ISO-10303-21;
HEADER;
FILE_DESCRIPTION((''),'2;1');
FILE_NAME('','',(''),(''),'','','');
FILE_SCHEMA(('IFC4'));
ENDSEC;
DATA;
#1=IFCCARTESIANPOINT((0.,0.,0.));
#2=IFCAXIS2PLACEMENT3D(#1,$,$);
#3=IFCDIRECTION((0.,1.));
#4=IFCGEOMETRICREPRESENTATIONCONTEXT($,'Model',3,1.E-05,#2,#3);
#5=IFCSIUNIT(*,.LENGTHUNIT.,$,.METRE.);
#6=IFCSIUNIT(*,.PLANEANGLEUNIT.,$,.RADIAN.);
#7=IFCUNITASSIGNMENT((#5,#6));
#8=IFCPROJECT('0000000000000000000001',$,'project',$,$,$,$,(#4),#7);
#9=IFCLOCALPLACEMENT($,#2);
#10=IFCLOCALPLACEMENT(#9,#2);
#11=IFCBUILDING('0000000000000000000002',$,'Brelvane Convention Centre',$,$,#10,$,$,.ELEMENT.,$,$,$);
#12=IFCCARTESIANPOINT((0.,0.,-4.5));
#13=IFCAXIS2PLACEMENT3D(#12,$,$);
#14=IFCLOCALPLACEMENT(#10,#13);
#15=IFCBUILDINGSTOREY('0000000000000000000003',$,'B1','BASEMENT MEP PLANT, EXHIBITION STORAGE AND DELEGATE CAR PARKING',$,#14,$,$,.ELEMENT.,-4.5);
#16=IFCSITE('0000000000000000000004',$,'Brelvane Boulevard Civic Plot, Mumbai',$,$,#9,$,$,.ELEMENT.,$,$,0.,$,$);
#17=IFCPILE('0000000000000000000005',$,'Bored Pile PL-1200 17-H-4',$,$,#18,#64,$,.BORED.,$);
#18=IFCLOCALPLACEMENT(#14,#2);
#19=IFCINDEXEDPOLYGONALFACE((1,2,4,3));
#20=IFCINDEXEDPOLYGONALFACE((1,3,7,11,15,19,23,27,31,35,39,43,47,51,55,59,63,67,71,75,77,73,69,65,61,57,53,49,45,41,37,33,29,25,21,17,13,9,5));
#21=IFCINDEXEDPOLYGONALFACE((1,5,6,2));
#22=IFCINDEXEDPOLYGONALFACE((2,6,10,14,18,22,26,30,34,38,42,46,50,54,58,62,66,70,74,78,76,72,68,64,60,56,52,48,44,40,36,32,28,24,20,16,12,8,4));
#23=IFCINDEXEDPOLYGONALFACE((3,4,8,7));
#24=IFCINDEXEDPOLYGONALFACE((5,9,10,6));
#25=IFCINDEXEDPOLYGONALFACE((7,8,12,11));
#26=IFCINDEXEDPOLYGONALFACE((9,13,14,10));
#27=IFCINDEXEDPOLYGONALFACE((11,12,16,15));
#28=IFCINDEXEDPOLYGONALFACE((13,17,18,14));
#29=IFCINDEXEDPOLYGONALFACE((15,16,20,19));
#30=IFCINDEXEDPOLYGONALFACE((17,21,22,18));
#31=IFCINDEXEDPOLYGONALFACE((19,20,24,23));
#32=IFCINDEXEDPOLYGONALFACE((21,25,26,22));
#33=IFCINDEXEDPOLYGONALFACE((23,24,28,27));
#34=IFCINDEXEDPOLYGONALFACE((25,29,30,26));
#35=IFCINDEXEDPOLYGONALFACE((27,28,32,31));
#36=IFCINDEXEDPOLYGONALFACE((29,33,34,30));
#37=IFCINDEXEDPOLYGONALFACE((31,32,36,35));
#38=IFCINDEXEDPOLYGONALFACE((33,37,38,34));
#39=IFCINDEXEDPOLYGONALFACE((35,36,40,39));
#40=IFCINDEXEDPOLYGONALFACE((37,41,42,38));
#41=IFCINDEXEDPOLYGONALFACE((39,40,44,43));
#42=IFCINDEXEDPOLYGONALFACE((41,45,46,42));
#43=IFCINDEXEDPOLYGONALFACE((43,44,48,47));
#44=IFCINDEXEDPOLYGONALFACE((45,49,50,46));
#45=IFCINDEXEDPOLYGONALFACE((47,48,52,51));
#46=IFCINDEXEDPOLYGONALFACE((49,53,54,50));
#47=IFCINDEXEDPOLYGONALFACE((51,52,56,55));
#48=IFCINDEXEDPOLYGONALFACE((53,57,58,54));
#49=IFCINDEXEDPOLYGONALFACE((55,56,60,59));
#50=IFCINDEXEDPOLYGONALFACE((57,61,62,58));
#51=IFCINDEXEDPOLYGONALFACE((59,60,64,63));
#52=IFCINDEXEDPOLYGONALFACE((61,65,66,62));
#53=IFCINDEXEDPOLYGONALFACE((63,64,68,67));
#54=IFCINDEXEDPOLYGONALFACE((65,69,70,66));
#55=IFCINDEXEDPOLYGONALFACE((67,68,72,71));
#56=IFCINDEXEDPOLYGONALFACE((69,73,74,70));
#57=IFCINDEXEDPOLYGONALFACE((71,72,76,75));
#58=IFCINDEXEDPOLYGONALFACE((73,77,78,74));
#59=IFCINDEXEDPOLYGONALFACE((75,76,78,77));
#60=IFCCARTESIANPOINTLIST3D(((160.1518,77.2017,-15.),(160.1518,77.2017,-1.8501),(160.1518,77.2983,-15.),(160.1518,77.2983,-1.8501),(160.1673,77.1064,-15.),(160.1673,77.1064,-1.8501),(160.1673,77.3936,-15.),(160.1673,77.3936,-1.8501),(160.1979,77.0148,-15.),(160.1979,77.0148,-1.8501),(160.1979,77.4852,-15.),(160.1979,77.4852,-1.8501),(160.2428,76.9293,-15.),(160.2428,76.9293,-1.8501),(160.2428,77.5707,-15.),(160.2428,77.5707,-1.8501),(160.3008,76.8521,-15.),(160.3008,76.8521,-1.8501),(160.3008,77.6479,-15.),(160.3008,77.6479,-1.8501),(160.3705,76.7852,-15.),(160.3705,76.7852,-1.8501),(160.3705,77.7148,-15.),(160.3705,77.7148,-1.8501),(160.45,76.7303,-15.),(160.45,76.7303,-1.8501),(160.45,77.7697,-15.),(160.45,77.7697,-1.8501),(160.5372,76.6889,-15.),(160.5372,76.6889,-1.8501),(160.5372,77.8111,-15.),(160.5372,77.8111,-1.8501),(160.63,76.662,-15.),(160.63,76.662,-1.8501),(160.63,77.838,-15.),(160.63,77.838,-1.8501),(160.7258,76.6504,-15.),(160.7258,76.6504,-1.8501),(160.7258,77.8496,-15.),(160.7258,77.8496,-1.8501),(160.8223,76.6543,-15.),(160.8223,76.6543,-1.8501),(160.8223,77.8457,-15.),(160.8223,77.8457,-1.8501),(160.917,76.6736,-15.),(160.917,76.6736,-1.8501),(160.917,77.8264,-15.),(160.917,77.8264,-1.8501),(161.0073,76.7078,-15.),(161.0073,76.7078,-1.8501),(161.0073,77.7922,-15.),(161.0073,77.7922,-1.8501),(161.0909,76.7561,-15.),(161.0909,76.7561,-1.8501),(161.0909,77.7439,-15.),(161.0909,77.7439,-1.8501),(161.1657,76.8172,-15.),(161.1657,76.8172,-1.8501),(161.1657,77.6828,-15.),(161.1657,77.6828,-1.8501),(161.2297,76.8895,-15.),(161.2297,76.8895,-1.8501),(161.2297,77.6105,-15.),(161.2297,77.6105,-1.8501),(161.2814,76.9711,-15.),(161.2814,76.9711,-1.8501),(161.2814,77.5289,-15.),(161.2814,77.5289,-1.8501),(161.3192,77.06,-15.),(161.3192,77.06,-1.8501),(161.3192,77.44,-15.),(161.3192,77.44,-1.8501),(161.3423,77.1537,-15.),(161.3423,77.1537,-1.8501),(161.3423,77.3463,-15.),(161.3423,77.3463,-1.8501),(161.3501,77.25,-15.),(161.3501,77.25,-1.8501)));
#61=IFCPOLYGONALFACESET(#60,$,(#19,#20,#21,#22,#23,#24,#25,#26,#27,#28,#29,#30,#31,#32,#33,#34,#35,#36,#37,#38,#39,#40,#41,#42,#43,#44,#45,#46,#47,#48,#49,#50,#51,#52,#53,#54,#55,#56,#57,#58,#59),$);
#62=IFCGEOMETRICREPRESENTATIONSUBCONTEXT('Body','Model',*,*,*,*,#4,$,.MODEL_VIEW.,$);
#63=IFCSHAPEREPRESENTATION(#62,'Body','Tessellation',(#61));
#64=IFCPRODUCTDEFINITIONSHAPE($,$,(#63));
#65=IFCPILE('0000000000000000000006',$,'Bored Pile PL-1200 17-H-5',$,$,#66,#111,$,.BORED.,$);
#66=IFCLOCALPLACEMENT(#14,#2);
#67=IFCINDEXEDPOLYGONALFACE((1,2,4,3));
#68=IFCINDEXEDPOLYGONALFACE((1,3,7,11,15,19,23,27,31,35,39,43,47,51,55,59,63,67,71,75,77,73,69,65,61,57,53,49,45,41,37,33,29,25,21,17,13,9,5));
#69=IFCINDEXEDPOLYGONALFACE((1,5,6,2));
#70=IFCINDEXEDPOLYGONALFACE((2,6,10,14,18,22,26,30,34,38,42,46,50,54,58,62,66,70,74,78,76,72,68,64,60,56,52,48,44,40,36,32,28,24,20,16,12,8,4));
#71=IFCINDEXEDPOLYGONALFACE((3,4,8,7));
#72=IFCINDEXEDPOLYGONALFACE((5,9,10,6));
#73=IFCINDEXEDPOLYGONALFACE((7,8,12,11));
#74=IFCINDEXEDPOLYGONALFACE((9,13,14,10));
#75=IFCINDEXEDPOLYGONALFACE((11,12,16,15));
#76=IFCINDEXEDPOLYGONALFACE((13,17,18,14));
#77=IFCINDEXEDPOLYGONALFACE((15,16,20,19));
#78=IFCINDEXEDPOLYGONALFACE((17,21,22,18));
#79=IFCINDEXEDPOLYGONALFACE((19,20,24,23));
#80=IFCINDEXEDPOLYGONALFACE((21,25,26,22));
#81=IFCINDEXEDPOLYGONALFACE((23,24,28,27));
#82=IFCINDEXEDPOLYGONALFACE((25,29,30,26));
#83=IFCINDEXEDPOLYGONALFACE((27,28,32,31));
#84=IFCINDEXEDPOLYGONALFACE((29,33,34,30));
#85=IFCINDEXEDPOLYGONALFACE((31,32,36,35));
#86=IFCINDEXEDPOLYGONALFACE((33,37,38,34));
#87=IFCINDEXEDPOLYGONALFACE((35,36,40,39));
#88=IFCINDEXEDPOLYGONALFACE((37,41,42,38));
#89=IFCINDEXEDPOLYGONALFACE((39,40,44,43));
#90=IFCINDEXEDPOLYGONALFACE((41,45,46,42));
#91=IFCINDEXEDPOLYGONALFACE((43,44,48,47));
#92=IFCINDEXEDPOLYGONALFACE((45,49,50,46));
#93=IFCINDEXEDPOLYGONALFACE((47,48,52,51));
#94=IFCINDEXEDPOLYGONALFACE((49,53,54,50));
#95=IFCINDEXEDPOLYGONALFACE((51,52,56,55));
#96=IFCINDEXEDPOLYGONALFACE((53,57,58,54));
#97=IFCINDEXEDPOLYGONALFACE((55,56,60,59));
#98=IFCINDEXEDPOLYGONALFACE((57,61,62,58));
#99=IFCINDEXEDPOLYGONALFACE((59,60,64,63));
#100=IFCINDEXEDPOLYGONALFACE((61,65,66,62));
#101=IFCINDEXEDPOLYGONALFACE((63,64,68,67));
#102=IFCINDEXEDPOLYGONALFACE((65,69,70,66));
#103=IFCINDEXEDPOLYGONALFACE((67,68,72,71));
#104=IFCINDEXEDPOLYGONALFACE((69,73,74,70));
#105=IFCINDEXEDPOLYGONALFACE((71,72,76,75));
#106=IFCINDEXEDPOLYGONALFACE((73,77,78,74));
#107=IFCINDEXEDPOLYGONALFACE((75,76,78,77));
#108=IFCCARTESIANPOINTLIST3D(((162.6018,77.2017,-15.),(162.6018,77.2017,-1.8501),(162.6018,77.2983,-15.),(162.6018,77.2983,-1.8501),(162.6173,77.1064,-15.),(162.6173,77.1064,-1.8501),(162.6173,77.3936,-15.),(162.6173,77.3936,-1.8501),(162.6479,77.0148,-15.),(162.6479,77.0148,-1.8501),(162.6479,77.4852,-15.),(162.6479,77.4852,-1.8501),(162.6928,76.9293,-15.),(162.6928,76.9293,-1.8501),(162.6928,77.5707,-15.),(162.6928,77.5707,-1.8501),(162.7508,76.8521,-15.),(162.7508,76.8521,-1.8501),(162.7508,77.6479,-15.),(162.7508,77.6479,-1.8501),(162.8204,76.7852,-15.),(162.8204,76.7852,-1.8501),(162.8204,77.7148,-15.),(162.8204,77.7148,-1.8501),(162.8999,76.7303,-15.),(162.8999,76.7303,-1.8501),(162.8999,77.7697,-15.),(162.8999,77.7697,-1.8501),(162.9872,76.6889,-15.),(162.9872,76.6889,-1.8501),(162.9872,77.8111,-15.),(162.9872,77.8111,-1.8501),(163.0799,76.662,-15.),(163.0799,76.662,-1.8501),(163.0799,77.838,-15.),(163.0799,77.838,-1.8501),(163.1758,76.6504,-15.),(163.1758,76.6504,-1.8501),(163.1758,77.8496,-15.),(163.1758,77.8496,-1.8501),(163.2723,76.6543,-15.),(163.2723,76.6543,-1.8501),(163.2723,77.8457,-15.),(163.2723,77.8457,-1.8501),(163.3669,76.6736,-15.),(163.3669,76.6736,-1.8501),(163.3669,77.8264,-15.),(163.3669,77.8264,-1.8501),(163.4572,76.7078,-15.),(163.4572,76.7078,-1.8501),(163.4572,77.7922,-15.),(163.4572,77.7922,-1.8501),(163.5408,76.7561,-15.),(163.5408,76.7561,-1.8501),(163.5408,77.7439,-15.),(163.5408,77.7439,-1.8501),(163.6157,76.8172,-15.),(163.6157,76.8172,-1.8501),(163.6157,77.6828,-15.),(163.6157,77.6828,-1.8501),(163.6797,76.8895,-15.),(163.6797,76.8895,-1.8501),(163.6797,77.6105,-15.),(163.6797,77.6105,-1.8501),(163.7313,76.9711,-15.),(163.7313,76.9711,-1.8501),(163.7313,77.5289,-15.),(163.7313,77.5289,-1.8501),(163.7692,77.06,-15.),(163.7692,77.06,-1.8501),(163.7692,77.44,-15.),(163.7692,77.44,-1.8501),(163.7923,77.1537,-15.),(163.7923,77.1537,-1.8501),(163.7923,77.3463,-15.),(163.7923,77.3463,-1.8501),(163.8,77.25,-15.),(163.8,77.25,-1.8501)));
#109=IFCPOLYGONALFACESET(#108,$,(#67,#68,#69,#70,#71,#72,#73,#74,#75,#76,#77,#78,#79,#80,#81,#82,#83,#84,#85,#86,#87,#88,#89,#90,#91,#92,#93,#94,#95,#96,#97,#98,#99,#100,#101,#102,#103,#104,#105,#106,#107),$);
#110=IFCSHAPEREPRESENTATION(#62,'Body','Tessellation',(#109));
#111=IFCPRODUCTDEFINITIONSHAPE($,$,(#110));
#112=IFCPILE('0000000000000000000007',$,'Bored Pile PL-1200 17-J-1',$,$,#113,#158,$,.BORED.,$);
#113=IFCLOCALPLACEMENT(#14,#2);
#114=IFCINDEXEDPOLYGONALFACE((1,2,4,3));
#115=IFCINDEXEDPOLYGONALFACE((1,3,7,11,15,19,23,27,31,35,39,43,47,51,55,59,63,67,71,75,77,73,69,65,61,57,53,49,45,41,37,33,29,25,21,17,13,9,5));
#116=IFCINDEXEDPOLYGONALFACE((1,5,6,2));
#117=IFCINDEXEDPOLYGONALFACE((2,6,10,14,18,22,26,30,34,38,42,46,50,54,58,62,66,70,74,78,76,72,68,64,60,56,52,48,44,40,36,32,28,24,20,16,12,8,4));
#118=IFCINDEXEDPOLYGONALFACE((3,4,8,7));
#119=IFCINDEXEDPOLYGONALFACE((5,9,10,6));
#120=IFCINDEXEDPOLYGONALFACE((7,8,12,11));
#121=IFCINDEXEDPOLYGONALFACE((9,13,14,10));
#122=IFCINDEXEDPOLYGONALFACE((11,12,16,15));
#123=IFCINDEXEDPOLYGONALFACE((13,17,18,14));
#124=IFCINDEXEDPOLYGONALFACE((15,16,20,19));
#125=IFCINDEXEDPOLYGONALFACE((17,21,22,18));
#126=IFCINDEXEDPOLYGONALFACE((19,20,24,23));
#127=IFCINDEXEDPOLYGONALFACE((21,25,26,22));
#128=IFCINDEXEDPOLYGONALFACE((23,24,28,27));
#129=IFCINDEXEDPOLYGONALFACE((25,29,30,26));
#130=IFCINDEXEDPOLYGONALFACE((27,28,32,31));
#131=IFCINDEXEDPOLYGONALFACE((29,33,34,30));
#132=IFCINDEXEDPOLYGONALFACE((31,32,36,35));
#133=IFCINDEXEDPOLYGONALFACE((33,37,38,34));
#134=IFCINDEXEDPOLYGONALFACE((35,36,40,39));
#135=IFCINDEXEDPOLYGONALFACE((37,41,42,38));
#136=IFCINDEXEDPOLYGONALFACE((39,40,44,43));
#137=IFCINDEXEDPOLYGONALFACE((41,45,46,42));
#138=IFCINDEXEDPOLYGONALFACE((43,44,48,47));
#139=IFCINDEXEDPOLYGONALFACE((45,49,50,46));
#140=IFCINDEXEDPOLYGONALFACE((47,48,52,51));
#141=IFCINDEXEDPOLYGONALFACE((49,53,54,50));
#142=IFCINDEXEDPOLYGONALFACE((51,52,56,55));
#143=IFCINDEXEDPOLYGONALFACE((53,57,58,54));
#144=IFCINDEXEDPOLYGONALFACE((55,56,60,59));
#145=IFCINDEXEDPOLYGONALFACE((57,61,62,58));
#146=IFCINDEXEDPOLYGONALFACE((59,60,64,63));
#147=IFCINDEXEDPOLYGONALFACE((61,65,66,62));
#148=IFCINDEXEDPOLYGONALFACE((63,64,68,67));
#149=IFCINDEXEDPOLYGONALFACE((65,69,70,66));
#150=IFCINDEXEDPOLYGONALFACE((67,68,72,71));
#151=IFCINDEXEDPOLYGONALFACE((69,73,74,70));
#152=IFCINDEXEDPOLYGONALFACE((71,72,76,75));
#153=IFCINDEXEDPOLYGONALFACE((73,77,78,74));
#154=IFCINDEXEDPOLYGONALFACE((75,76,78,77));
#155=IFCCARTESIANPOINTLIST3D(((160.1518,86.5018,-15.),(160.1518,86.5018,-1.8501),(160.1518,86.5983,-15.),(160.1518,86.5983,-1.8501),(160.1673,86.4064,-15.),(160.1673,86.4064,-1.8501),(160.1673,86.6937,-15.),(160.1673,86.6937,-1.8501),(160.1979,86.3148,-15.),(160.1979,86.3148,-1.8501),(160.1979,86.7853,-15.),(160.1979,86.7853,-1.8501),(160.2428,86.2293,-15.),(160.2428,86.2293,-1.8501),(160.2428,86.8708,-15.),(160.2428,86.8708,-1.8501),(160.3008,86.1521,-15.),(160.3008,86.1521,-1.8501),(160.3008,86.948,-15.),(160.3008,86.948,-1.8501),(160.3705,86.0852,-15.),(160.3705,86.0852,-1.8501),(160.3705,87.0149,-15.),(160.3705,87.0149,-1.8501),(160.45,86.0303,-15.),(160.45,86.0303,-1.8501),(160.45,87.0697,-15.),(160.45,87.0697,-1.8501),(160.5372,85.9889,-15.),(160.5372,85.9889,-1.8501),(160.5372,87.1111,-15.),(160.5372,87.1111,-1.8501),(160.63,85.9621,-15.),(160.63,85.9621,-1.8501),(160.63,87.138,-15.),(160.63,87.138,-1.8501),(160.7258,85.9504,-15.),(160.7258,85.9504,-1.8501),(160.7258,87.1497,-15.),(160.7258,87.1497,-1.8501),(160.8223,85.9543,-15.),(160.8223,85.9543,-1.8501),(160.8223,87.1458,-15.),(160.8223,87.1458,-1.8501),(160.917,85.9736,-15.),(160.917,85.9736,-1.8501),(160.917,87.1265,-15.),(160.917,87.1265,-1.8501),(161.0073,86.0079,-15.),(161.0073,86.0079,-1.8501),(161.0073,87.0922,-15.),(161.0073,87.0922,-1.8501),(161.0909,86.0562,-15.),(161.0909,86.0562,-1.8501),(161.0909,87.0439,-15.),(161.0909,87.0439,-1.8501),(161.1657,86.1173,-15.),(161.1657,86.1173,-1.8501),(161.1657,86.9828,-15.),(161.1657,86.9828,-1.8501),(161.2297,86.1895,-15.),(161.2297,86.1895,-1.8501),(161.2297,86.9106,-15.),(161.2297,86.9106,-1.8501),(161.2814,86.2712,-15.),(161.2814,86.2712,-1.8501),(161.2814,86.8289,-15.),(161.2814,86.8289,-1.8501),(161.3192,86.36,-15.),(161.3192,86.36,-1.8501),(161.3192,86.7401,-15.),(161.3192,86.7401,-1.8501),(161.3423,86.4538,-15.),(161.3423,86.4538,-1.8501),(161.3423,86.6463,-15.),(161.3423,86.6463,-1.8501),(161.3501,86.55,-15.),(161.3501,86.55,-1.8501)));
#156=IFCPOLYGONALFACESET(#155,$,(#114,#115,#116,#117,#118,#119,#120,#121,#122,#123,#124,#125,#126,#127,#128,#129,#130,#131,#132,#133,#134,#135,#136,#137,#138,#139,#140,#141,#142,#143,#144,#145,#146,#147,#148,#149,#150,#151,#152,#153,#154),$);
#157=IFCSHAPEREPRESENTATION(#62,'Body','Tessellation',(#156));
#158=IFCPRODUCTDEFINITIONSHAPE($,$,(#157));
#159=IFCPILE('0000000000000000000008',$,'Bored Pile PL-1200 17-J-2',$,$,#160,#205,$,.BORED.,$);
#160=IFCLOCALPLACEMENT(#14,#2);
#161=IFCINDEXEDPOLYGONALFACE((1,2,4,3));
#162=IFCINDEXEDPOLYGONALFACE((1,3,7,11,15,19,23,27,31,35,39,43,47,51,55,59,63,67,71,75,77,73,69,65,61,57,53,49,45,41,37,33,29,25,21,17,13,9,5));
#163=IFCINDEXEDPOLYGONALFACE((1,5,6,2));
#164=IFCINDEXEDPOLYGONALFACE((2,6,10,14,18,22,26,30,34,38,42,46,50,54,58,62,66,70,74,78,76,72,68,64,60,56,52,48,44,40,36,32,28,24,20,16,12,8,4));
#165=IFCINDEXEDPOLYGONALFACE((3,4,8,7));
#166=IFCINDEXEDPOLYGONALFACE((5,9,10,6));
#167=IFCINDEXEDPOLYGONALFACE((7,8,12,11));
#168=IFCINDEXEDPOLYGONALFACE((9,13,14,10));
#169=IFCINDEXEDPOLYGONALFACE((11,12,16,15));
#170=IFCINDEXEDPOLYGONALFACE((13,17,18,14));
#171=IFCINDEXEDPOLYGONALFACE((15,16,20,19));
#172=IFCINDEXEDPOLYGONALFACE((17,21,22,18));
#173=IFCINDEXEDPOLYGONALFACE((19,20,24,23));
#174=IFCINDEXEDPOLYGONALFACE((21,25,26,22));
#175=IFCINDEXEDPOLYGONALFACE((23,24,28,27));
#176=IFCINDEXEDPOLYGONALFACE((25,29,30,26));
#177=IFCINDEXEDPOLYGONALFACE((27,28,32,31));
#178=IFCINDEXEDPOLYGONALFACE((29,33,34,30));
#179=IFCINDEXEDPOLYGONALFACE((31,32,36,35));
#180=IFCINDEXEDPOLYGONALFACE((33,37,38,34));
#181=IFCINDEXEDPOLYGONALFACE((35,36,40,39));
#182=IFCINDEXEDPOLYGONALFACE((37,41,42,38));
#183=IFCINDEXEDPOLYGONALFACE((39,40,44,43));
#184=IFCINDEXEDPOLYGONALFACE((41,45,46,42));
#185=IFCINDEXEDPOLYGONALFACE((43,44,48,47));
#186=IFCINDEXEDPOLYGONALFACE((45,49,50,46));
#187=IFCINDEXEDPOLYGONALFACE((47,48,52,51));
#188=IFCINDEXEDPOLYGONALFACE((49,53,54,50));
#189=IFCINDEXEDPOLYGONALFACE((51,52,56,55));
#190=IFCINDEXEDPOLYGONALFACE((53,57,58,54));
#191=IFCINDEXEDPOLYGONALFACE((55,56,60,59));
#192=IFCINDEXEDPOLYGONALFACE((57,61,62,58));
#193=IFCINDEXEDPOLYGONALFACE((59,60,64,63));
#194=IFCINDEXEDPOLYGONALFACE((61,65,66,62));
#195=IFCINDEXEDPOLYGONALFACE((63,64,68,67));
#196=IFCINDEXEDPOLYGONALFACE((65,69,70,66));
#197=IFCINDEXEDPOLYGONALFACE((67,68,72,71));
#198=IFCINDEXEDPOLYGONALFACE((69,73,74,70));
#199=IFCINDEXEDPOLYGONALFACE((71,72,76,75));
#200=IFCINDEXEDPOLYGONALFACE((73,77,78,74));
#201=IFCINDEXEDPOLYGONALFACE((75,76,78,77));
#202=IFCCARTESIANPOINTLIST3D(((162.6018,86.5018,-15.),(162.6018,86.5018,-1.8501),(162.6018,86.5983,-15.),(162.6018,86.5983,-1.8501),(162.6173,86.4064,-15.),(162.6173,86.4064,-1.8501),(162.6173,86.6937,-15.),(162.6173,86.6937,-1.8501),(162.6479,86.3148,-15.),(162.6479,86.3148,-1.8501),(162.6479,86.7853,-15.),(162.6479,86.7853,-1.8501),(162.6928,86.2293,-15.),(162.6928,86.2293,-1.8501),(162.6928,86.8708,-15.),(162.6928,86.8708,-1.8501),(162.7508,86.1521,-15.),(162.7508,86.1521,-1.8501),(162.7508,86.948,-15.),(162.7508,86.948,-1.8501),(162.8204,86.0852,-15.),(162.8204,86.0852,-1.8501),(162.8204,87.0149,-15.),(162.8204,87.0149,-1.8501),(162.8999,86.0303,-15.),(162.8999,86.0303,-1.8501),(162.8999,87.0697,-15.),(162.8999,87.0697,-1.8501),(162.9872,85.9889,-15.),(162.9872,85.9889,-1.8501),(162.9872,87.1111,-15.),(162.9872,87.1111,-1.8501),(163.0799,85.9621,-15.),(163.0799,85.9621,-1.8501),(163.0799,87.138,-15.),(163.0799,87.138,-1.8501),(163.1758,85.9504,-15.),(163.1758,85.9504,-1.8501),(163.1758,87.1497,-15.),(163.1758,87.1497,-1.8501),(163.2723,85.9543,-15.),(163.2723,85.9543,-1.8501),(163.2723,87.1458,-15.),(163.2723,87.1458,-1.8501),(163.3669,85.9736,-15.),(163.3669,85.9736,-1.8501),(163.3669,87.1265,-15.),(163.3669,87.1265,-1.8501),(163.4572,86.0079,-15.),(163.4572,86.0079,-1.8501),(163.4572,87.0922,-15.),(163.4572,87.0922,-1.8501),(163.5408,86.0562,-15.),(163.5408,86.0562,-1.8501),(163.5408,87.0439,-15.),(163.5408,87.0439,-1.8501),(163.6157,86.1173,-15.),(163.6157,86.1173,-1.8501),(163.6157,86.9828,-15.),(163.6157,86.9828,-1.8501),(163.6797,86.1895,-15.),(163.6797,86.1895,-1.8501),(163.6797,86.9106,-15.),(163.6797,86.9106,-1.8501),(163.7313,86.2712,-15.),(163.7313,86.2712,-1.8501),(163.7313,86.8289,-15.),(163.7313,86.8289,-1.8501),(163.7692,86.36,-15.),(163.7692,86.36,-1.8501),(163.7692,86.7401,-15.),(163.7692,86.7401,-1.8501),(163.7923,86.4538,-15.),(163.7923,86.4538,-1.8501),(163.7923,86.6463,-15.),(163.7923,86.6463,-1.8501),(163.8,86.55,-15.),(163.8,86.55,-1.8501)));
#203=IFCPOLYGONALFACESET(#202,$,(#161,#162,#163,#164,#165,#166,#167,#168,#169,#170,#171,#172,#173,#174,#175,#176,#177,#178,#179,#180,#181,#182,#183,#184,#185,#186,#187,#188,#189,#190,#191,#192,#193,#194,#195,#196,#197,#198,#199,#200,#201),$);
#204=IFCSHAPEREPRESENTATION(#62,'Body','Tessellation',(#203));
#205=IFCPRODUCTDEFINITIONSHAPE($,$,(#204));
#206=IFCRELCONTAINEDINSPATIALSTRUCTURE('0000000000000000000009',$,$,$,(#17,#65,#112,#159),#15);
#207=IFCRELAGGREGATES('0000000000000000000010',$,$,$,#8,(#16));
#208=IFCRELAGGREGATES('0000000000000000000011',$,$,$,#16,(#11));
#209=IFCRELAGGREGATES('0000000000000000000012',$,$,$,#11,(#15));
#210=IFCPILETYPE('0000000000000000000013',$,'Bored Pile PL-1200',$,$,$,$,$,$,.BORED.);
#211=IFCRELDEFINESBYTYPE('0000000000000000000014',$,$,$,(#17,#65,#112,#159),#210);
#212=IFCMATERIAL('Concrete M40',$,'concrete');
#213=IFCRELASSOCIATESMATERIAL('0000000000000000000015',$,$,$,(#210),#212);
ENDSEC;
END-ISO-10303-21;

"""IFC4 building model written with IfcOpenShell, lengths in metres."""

from ifc_helpers import new_model, si_unit, direction, frame, origin, origin_2d, place, context, subcontext, project, spatial, circle, extrude, material, material_profile, profile_set, type_object, element, save


model = new_model("IFC4")

# Units and contexts
model_context = context("Model", 3, precision=1e-05, world=origin(), true_north=direction((0.0, 1.0)))
body_context = subcontext(model_context, "Body", "Model", "MODEL_VIEW")
ifc_project = project(units=[si_unit("LENGTHUNIT", "METRE"), si_unit("PLANEANGLEUNIT", "RADIAN")], contexts=[model_context])

# Site, building, storey
site_placement = place(None, origin())
site = spatial("IfcSite", under=ifc_project, at=site_placement, Name="Brelvane Boulevard Civic Plot, Mumbai", CompositionType="ELEMENT", RefElevation=0.0)
building_placement = place(site_placement, origin())
building = spatial("IfcBuilding", under=site, at=building_placement, Name="Brelvane Convention Centre", CompositionType="ELEMENT")
storey_placement = place(building_placement, frame((0.0, 0.0, -4.5)))
storey = spatial("IfcBuildingStorey", under=building, at=storey_placement, Name="B1", Description="BASEMENT MEP PLANT, EXHIBITION STORAGE AND DELEGATE CAR PARKING", CompositionType="ELEMENT", Elevation=-4.5)

# Piles
ifc_material_1 = material(Name="Concrete M40", Category="concrete")
ifc_material_profile_1 = material_profile(ifc_material_1, circle(Radius=0.6001, at=origin_2d()), Name="PILE D1200")
ifc_profile_set_1 = profile_set([ifc_material_profile_1], Name="Concrete M40")
pile_type_1 = type_object("IfcPileType", Name="Bored Pile PL-1200", PredefinedType="BORED", material=ifc_profile_set_1)
for number, where, z_axis, x_axis, name in (
    (1, (160.75, 77.25, -1.8501), (0.0, 0.0, -1.0), (1.0, 0.0, 0.0), "Bored Pile PL-1200 17-H-4"),
    (2, (163.2, 77.25, -1.8501), (0.0, 0.0, -1.0), (1.0, 0.0, 0.0), "Bored Pile PL-1200 17-H-5"),
    (3, (160.75, 86.55, -1.8501), (0.0, 0.0, -1.0), (1.0, 0.0, 0.0), "Bored Pile PL-1200 17-J-1"),
    (4, (163.2, 86.55, -1.8501), (0.0, 0.0, -1.0), (1.0, 0.0, 0.0), "Bored Pile PL-1200 17-J-2"),
):
    element("IfcPile", number, at=place(storey_placement, frame(where, z_axis=z_axis, x_axis=x_axis)), inside=storey, type_object=pile_type_1, Name=name, PredefinedType="BORED", context=body_context, shape_type="SweptSolid", body=[
        extrude(circle(Radius=0.6001, at=origin_2d()), origin(), (0.0, 0.0, 1.0), 13.1499),
    ])

save(model, "model.ifc")
